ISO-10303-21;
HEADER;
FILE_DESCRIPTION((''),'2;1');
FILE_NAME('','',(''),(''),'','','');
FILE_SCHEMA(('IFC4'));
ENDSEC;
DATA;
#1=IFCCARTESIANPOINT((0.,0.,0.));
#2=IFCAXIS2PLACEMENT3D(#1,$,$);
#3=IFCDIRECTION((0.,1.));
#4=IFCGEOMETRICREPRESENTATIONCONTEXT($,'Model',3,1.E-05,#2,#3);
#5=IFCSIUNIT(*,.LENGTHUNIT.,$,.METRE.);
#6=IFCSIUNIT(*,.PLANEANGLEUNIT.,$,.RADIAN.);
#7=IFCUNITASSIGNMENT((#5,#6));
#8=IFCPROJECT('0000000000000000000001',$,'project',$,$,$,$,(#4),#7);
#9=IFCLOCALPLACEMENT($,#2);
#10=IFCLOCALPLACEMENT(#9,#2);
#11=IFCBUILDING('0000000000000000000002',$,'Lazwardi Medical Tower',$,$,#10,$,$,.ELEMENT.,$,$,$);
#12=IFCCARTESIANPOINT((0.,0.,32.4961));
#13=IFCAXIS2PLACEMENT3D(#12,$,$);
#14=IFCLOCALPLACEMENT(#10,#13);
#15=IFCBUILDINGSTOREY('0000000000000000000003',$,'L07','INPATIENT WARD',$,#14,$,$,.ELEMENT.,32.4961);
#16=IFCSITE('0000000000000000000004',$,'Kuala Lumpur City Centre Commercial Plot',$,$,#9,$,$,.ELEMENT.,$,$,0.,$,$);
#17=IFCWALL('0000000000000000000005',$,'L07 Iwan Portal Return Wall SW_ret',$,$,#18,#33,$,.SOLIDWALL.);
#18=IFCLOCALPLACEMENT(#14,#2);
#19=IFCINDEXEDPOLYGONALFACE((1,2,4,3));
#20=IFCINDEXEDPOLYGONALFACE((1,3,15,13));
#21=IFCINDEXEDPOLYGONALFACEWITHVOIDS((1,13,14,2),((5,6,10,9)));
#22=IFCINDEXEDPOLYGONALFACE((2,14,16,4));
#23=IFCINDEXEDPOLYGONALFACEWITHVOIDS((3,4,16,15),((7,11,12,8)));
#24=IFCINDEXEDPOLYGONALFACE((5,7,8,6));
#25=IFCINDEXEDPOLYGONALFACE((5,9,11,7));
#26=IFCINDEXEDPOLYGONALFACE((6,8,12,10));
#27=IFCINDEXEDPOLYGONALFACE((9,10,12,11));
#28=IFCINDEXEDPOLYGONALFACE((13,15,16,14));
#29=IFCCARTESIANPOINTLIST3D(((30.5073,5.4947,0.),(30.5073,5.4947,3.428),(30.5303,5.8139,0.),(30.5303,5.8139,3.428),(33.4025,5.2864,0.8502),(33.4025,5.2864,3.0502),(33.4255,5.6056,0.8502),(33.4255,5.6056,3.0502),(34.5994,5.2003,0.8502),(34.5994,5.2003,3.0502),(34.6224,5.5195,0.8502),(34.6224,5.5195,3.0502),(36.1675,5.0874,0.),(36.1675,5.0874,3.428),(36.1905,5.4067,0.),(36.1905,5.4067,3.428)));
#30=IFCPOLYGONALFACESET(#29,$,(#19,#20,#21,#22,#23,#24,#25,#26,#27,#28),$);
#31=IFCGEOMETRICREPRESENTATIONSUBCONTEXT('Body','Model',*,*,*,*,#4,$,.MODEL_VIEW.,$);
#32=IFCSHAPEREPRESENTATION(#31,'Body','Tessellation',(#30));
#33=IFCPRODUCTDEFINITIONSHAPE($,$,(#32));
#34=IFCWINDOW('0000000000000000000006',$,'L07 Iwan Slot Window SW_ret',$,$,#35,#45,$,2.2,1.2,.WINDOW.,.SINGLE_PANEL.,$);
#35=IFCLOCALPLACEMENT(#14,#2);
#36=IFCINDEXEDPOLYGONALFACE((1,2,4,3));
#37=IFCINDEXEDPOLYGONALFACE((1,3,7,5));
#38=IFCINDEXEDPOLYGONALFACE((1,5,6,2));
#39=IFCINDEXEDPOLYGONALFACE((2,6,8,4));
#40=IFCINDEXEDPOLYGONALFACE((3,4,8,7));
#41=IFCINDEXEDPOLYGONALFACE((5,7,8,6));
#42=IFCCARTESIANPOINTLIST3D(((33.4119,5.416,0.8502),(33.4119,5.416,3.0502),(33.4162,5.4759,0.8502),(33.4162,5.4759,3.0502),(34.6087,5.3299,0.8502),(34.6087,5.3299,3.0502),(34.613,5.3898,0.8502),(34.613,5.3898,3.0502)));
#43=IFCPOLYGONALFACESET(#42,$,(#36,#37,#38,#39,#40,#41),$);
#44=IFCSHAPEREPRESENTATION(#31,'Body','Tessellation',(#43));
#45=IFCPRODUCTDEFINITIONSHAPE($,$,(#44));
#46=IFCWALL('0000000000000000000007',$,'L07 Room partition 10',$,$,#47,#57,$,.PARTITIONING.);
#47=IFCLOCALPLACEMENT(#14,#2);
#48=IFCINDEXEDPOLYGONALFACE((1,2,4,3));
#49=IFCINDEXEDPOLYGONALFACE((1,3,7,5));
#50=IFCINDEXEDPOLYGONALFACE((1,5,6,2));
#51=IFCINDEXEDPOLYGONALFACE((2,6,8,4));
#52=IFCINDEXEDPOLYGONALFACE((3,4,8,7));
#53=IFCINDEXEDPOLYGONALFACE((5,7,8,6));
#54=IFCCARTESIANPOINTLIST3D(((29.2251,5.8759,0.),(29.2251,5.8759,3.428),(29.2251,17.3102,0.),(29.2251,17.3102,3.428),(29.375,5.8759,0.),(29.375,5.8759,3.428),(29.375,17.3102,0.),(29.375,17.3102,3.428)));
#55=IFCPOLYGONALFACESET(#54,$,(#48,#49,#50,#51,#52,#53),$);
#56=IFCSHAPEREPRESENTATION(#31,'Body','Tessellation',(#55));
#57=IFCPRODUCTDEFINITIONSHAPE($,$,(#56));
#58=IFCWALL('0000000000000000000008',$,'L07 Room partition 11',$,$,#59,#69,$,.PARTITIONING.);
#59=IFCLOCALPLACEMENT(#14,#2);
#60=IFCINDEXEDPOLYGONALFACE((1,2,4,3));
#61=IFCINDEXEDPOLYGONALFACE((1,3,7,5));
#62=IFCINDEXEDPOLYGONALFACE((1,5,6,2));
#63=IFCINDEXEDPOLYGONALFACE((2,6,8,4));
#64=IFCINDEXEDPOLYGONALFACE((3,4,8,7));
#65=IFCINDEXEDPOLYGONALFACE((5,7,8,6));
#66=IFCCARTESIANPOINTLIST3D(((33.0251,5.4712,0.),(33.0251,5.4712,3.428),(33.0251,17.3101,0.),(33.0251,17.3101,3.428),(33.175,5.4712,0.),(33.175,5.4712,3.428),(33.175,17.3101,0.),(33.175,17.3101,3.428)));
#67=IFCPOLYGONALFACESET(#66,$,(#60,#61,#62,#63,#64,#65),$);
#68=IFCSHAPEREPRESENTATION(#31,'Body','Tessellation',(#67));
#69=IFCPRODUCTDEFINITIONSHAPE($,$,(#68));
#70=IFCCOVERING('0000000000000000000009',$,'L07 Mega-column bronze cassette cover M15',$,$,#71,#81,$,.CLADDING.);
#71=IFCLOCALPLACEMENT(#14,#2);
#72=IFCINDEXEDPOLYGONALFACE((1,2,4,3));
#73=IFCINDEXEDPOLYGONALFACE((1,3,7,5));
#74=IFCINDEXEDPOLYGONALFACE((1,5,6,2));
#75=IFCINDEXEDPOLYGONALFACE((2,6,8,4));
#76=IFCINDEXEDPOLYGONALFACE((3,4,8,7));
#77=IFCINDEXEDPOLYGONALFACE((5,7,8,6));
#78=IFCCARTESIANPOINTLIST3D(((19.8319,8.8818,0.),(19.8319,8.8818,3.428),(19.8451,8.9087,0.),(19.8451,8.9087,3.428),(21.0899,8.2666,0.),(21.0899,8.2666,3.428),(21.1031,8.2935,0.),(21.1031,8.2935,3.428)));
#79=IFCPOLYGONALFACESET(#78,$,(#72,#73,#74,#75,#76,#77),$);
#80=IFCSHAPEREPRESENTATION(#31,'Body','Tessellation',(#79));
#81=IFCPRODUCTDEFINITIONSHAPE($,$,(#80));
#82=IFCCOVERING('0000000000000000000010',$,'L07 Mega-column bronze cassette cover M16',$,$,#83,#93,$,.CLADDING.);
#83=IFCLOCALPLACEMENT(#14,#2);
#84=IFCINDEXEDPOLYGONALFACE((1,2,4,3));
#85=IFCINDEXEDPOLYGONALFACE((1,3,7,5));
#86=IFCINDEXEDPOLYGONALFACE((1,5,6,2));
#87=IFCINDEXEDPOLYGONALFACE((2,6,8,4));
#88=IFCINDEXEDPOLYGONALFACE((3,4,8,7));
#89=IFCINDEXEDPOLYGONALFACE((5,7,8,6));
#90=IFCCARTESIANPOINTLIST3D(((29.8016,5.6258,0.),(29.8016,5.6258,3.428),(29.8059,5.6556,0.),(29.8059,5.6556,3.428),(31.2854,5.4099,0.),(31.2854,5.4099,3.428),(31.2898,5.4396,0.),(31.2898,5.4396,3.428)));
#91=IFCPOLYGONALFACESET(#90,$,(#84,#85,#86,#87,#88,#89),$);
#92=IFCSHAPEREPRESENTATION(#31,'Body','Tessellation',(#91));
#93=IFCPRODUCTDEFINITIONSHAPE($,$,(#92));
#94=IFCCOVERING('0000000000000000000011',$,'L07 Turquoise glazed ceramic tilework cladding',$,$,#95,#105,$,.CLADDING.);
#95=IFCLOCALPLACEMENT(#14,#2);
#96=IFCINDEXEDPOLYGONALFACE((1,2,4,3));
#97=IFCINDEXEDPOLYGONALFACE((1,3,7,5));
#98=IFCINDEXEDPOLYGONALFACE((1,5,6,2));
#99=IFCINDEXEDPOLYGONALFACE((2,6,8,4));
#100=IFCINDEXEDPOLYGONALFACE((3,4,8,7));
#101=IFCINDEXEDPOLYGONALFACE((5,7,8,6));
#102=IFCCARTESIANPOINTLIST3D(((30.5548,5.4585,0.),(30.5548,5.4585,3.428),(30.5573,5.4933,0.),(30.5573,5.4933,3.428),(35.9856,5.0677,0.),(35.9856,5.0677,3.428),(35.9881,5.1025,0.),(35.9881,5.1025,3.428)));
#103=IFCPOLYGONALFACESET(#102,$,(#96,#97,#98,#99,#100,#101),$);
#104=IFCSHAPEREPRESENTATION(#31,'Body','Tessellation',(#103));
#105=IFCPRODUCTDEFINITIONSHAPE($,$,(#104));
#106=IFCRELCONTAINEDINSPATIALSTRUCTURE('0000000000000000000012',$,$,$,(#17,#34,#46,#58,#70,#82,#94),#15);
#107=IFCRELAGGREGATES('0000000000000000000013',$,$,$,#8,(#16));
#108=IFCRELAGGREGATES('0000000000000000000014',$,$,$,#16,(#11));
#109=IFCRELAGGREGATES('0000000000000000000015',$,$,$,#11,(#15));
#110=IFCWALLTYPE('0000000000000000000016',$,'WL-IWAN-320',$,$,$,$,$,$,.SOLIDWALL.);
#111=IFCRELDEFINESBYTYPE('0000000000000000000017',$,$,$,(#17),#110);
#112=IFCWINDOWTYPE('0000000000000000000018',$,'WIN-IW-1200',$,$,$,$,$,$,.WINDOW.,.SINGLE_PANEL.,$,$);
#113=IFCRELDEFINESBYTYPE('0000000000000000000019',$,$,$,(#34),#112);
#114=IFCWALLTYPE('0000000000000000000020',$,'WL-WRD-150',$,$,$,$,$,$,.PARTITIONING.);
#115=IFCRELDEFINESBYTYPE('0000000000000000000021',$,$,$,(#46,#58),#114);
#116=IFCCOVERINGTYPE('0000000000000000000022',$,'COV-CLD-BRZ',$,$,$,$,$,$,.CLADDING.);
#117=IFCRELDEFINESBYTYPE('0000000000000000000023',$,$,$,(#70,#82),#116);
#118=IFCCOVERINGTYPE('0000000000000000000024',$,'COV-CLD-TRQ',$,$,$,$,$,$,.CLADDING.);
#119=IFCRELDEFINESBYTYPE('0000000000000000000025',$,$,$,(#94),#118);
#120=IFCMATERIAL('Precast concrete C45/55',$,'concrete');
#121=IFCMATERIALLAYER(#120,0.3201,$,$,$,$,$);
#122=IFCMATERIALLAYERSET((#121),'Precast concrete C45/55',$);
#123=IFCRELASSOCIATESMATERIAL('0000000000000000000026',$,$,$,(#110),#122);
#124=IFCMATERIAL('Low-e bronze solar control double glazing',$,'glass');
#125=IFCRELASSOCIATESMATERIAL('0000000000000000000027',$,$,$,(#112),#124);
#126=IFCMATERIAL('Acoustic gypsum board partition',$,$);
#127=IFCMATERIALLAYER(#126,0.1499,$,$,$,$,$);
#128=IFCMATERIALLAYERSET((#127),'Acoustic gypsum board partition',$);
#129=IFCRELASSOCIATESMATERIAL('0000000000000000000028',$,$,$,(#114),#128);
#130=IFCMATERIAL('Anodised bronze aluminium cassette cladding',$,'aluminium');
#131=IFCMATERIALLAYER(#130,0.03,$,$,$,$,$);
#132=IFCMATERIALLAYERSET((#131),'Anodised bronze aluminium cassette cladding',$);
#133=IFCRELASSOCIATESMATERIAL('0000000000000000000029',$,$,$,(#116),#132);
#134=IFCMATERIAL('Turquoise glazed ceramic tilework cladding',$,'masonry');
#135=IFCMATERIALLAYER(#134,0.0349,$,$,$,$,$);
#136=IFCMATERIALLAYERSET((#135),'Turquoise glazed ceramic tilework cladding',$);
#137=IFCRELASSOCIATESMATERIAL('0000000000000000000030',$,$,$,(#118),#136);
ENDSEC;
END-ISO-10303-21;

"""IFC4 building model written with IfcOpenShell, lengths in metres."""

from ifc_helpers import new_model, si_unit, direction, frame, frame_2d, origin, origin_2d, place, context, subcontext, project, spatial, rectangle, extrude, material, layer, layer_set, type_object, element, fill, save


model = new_model("IFC4")

# Units and contexts
model_context = context("Model", 3, precision=1e-05, world=origin(), true_north=direction((0.0, 1.0)))
body_context = subcontext(model_context, "Body", "Model", "MODEL_VIEW")
ifc_project = project(units=[si_unit("LENGTHUNIT", "METRE"), si_unit("PLANEANGLEUNIT", "RADIAN")], contexts=[model_context])

# Site, building, storey
site_placement = place(None, origin())
site = spatial("IfcSite", under=ifc_project, at=site_placement, Name="Kuala Lumpur City Centre Commercial Plot", CompositionType="ELEMENT", RefElevation=0.0)
building_placement = place(site_placement, origin())
building = spatial("IfcBuilding", under=site, at=building_placement, Name="Lazwardi Medical Tower", CompositionType="ELEMENT")
storey_placement = place(building_placement, frame((0.0, 0.0, 32.4961)))
storey = spatial("IfcBuildingStorey", under=building, at=storey_placement, Name="L07", Description="INPATIENT WARD", CompositionType="ELEMENT", Elevation=32.4961)

# Shared definitions
ifc_material_1 = material(Name="Low-e bronze solar control double glazing", Category="glass")

# Wall, opening, window
ifc_material_2 = material(Name="Precast concrete C45/55", Category="concrete")
ifc_layer_1 = layer(ifc_material_2, 0.3201)
ifc_layer_set_1 = layer_set([ifc_layer_1], Name="Precast concrete C45/55")
wall_type_1 = type_object("IfcWallType", Name="WL-IWAN-320", PredefinedType="SOLIDWALL", material=ifc_layer_set_1)
wall_1_placement = place(storey_placement, frame((30.5188, 5.6543, 0.0), z_axis=(0.0, 0.0, 1.0), x_axis=(0.997422, -0.071761, 0.0)))
wall_1 = element("IfcWall", 1, at=wall_1_placement, inside=storey, type_object=wall_type_1, Name="L07 Iwan Portal Return Wall SW_ret", PredefinedType="SOLIDWALL", context=body_context, shape_type="SweptSolid", body=[
    extrude(rectangle(XDim=5.6748, YDim=0.3201, at=frame_2d((2.8374, 0.0))), origin(), (0.0, 0.0, 1.0), 3.428),
])
opening_placement = place(wall_1_placement, frame((2.9026, 0.0, 0.8501)))
opening = element("IfcOpeningElement", 2, at=opening_placement, cuts=wall_1, PredefinedType="OPENING", context=body_context, shape_type="SweptSolid", body=[
    extrude(rectangle(XDim=1.2, YDim=2.2, at=frame_2d((0.6001, 1.1001))), frame((0.0, 0.1699, 0.0), z_axis=(0.0, -1.0, 0.0), x_axis=(1.0, 0.0, 0.0)), (0.0, 0.0, 1.0), 0.3401),
])
window_type = type_object("IfcWindowType", Name="WIN-IW-1200", PartitioningType="SINGLE_PANEL", PredefinedType="WINDOW", material=ifc_material_1)
window_placement = place(opening_placement, origin())
window = element("IfcWindow", 3, at=window_placement, inside=storey, type_object=window_type, Name="L07 Iwan Slot Window SW_ret", OverallHeight=2.2, OverallWidth=1.2, PartitioningType="SINGLE_PANEL", PredefinedType="WINDOW", context=body_context, shape_type="SweptSolid", body=[
    extrude(rectangle(XDim=1.2, YDim=2.2, at=frame_2d((0.6001, 1.1001))), frame((0.0, 0.03, 0.0), z_axis=(0.0, -1.0, 0.0), x_axis=(1.0, 0.0, 0.0)), (0.0, 0.0, 1.0), 0.0601),
])
fill(opening, window)

# Walls
ifc_material_3 = material(Name="Acoustic gypsum board partition")
ifc_layer_2 = layer(ifc_material_3, 0.1499)
ifc_layer_set_2 = layer_set([ifc_layer_2], Name="Acoustic gypsum board partition")
wall_type_2 = type_object("IfcWallType", Name="WL-WRD-150", PredefinedType="PARTITIONING", material=ifc_layer_set_2)
wall_2_placement = place(storey_placement, frame((29.3, 5.8757, 0.0), z_axis=(0.0, 0.0, 1.0), x_axis=(0.0, 1.0, 0.0)))
element("IfcWall", 4, at=wall_2_placement, inside=storey, type_object=wall_type_2, Name="L07 Room partition 10", PredefinedType="PARTITIONING", context=body_context, shape_type="SweptSolid", body=[
    extrude(rectangle(XDim=11.4343, YDim=0.1499, at=frame_2d((5.7173, 0.0))), origin(), (0.0, 0.0, 1.0), 3.428),
])
wall_3_placement = place(storey_placement, frame((33.1001, 5.4712, 0.0), z_axis=(0.0, 0.0, 1.0), x_axis=(0.0, 1.0, 0.0)))
element("IfcWall", 5, at=wall_3_placement, inside=storey, type_object=wall_type_2, Name="L07 Room partition 11", PredefinedType="PARTITIONING", context=body_context, shape_type="SweptSolid", body=[
    extrude(rectangle(XDim=11.8389, YDim=0.1499, at=frame_2d((5.9194, 0.0))), origin(), (0.0, 0.0, 1.0), 3.428),
])

# Coverings
ifc_material_4 = material(Name="Anodised bronze aluminium cassette cladding", Category="aluminium")
ifc_layer_3 = layer(ifc_material_4, 0.03)
ifc_layer_set_3 = layer_set([ifc_layer_3], Name="Anodised bronze aluminium cassette cladding")
covering_type_1 = type_object("IfcCoveringType", Name="COV-CLD-BRZ", PredefinedType="CLADDING", material=ifc_layer_set_3)
covering_1_placement = place(storey_placement, frame((20.4675, 8.5876, 0.0), z_axis=(0.0, 0.0, 1.0), x_axis=(0.898334, -0.439312, 0.0)))
element("IfcCovering", 6, at=covering_1_placement, inside=storey, type_object=covering_type_1, Name="L07 Mega-column bronze cassette cover M15", PredefinedType="CLADDING", context=body_context, shape_type="SweptSolid", body=[
    extrude(rectangle(XDim=1.4004, YDim=0.03, at=origin_2d()), origin(), (0.0, 0.0, 1.0), 3.428),
])
covering_2_placement = place(storey_placement, frame((30.5457, 5.5327, 0.0), z_axis=(0.0, 0.0, 1.0), x_axis=(0.989573, -0.144035, 0.0)))
element("IfcCovering", 7, at=covering_2_placement, inside=storey, type_object=covering_type_1, Name="L07 Mega-column bronze cassette cover M16", PredefinedType="CLADDING", context=body_context, shape_type="SweptSolid", body=[
    extrude(rectangle(XDim=1.4995, YDim=0.03, at=origin_2d()), origin(), (0.0, 0.0, 1.0), 3.428),
])
ifc_material_5 = material(Name="Turquoise glazed ceramic tilework cladding", Category="masonry")
ifc_layer_4 = layer(ifc_material_5, 0.0349)
ifc_layer_set_4 = layer_set([ifc_layer_4], Name="Turquoise glazed ceramic tilework cladding")
covering_type_2 = type_object("IfcCoveringType", Name="COV-CLD-TRQ", PredefinedType="CLADDING", material=ifc_layer_set_4)
covering_3_placement = place(storey_placement, frame((33.2715, 5.2805, 0.0), z_axis=(0.0, 0.0, 1.0), x_axis=(0.997421, -0.071774, 0.0)))
element("IfcCovering", 8, at=covering_3_placement, inside=storey, type_object=covering_type_2, Name="L07 Turquoise glazed ceramic tilework cladding", PredefinedType="CLADDING", context=body_context, shape_type="SweptSolid", body=[
    extrude(rectangle(XDim=5.4448, YDim=0.0349, at=origin_2d()), origin(), (0.0, 0.0, 1.0), 3.428),
])

save(model, "model.ifc")
